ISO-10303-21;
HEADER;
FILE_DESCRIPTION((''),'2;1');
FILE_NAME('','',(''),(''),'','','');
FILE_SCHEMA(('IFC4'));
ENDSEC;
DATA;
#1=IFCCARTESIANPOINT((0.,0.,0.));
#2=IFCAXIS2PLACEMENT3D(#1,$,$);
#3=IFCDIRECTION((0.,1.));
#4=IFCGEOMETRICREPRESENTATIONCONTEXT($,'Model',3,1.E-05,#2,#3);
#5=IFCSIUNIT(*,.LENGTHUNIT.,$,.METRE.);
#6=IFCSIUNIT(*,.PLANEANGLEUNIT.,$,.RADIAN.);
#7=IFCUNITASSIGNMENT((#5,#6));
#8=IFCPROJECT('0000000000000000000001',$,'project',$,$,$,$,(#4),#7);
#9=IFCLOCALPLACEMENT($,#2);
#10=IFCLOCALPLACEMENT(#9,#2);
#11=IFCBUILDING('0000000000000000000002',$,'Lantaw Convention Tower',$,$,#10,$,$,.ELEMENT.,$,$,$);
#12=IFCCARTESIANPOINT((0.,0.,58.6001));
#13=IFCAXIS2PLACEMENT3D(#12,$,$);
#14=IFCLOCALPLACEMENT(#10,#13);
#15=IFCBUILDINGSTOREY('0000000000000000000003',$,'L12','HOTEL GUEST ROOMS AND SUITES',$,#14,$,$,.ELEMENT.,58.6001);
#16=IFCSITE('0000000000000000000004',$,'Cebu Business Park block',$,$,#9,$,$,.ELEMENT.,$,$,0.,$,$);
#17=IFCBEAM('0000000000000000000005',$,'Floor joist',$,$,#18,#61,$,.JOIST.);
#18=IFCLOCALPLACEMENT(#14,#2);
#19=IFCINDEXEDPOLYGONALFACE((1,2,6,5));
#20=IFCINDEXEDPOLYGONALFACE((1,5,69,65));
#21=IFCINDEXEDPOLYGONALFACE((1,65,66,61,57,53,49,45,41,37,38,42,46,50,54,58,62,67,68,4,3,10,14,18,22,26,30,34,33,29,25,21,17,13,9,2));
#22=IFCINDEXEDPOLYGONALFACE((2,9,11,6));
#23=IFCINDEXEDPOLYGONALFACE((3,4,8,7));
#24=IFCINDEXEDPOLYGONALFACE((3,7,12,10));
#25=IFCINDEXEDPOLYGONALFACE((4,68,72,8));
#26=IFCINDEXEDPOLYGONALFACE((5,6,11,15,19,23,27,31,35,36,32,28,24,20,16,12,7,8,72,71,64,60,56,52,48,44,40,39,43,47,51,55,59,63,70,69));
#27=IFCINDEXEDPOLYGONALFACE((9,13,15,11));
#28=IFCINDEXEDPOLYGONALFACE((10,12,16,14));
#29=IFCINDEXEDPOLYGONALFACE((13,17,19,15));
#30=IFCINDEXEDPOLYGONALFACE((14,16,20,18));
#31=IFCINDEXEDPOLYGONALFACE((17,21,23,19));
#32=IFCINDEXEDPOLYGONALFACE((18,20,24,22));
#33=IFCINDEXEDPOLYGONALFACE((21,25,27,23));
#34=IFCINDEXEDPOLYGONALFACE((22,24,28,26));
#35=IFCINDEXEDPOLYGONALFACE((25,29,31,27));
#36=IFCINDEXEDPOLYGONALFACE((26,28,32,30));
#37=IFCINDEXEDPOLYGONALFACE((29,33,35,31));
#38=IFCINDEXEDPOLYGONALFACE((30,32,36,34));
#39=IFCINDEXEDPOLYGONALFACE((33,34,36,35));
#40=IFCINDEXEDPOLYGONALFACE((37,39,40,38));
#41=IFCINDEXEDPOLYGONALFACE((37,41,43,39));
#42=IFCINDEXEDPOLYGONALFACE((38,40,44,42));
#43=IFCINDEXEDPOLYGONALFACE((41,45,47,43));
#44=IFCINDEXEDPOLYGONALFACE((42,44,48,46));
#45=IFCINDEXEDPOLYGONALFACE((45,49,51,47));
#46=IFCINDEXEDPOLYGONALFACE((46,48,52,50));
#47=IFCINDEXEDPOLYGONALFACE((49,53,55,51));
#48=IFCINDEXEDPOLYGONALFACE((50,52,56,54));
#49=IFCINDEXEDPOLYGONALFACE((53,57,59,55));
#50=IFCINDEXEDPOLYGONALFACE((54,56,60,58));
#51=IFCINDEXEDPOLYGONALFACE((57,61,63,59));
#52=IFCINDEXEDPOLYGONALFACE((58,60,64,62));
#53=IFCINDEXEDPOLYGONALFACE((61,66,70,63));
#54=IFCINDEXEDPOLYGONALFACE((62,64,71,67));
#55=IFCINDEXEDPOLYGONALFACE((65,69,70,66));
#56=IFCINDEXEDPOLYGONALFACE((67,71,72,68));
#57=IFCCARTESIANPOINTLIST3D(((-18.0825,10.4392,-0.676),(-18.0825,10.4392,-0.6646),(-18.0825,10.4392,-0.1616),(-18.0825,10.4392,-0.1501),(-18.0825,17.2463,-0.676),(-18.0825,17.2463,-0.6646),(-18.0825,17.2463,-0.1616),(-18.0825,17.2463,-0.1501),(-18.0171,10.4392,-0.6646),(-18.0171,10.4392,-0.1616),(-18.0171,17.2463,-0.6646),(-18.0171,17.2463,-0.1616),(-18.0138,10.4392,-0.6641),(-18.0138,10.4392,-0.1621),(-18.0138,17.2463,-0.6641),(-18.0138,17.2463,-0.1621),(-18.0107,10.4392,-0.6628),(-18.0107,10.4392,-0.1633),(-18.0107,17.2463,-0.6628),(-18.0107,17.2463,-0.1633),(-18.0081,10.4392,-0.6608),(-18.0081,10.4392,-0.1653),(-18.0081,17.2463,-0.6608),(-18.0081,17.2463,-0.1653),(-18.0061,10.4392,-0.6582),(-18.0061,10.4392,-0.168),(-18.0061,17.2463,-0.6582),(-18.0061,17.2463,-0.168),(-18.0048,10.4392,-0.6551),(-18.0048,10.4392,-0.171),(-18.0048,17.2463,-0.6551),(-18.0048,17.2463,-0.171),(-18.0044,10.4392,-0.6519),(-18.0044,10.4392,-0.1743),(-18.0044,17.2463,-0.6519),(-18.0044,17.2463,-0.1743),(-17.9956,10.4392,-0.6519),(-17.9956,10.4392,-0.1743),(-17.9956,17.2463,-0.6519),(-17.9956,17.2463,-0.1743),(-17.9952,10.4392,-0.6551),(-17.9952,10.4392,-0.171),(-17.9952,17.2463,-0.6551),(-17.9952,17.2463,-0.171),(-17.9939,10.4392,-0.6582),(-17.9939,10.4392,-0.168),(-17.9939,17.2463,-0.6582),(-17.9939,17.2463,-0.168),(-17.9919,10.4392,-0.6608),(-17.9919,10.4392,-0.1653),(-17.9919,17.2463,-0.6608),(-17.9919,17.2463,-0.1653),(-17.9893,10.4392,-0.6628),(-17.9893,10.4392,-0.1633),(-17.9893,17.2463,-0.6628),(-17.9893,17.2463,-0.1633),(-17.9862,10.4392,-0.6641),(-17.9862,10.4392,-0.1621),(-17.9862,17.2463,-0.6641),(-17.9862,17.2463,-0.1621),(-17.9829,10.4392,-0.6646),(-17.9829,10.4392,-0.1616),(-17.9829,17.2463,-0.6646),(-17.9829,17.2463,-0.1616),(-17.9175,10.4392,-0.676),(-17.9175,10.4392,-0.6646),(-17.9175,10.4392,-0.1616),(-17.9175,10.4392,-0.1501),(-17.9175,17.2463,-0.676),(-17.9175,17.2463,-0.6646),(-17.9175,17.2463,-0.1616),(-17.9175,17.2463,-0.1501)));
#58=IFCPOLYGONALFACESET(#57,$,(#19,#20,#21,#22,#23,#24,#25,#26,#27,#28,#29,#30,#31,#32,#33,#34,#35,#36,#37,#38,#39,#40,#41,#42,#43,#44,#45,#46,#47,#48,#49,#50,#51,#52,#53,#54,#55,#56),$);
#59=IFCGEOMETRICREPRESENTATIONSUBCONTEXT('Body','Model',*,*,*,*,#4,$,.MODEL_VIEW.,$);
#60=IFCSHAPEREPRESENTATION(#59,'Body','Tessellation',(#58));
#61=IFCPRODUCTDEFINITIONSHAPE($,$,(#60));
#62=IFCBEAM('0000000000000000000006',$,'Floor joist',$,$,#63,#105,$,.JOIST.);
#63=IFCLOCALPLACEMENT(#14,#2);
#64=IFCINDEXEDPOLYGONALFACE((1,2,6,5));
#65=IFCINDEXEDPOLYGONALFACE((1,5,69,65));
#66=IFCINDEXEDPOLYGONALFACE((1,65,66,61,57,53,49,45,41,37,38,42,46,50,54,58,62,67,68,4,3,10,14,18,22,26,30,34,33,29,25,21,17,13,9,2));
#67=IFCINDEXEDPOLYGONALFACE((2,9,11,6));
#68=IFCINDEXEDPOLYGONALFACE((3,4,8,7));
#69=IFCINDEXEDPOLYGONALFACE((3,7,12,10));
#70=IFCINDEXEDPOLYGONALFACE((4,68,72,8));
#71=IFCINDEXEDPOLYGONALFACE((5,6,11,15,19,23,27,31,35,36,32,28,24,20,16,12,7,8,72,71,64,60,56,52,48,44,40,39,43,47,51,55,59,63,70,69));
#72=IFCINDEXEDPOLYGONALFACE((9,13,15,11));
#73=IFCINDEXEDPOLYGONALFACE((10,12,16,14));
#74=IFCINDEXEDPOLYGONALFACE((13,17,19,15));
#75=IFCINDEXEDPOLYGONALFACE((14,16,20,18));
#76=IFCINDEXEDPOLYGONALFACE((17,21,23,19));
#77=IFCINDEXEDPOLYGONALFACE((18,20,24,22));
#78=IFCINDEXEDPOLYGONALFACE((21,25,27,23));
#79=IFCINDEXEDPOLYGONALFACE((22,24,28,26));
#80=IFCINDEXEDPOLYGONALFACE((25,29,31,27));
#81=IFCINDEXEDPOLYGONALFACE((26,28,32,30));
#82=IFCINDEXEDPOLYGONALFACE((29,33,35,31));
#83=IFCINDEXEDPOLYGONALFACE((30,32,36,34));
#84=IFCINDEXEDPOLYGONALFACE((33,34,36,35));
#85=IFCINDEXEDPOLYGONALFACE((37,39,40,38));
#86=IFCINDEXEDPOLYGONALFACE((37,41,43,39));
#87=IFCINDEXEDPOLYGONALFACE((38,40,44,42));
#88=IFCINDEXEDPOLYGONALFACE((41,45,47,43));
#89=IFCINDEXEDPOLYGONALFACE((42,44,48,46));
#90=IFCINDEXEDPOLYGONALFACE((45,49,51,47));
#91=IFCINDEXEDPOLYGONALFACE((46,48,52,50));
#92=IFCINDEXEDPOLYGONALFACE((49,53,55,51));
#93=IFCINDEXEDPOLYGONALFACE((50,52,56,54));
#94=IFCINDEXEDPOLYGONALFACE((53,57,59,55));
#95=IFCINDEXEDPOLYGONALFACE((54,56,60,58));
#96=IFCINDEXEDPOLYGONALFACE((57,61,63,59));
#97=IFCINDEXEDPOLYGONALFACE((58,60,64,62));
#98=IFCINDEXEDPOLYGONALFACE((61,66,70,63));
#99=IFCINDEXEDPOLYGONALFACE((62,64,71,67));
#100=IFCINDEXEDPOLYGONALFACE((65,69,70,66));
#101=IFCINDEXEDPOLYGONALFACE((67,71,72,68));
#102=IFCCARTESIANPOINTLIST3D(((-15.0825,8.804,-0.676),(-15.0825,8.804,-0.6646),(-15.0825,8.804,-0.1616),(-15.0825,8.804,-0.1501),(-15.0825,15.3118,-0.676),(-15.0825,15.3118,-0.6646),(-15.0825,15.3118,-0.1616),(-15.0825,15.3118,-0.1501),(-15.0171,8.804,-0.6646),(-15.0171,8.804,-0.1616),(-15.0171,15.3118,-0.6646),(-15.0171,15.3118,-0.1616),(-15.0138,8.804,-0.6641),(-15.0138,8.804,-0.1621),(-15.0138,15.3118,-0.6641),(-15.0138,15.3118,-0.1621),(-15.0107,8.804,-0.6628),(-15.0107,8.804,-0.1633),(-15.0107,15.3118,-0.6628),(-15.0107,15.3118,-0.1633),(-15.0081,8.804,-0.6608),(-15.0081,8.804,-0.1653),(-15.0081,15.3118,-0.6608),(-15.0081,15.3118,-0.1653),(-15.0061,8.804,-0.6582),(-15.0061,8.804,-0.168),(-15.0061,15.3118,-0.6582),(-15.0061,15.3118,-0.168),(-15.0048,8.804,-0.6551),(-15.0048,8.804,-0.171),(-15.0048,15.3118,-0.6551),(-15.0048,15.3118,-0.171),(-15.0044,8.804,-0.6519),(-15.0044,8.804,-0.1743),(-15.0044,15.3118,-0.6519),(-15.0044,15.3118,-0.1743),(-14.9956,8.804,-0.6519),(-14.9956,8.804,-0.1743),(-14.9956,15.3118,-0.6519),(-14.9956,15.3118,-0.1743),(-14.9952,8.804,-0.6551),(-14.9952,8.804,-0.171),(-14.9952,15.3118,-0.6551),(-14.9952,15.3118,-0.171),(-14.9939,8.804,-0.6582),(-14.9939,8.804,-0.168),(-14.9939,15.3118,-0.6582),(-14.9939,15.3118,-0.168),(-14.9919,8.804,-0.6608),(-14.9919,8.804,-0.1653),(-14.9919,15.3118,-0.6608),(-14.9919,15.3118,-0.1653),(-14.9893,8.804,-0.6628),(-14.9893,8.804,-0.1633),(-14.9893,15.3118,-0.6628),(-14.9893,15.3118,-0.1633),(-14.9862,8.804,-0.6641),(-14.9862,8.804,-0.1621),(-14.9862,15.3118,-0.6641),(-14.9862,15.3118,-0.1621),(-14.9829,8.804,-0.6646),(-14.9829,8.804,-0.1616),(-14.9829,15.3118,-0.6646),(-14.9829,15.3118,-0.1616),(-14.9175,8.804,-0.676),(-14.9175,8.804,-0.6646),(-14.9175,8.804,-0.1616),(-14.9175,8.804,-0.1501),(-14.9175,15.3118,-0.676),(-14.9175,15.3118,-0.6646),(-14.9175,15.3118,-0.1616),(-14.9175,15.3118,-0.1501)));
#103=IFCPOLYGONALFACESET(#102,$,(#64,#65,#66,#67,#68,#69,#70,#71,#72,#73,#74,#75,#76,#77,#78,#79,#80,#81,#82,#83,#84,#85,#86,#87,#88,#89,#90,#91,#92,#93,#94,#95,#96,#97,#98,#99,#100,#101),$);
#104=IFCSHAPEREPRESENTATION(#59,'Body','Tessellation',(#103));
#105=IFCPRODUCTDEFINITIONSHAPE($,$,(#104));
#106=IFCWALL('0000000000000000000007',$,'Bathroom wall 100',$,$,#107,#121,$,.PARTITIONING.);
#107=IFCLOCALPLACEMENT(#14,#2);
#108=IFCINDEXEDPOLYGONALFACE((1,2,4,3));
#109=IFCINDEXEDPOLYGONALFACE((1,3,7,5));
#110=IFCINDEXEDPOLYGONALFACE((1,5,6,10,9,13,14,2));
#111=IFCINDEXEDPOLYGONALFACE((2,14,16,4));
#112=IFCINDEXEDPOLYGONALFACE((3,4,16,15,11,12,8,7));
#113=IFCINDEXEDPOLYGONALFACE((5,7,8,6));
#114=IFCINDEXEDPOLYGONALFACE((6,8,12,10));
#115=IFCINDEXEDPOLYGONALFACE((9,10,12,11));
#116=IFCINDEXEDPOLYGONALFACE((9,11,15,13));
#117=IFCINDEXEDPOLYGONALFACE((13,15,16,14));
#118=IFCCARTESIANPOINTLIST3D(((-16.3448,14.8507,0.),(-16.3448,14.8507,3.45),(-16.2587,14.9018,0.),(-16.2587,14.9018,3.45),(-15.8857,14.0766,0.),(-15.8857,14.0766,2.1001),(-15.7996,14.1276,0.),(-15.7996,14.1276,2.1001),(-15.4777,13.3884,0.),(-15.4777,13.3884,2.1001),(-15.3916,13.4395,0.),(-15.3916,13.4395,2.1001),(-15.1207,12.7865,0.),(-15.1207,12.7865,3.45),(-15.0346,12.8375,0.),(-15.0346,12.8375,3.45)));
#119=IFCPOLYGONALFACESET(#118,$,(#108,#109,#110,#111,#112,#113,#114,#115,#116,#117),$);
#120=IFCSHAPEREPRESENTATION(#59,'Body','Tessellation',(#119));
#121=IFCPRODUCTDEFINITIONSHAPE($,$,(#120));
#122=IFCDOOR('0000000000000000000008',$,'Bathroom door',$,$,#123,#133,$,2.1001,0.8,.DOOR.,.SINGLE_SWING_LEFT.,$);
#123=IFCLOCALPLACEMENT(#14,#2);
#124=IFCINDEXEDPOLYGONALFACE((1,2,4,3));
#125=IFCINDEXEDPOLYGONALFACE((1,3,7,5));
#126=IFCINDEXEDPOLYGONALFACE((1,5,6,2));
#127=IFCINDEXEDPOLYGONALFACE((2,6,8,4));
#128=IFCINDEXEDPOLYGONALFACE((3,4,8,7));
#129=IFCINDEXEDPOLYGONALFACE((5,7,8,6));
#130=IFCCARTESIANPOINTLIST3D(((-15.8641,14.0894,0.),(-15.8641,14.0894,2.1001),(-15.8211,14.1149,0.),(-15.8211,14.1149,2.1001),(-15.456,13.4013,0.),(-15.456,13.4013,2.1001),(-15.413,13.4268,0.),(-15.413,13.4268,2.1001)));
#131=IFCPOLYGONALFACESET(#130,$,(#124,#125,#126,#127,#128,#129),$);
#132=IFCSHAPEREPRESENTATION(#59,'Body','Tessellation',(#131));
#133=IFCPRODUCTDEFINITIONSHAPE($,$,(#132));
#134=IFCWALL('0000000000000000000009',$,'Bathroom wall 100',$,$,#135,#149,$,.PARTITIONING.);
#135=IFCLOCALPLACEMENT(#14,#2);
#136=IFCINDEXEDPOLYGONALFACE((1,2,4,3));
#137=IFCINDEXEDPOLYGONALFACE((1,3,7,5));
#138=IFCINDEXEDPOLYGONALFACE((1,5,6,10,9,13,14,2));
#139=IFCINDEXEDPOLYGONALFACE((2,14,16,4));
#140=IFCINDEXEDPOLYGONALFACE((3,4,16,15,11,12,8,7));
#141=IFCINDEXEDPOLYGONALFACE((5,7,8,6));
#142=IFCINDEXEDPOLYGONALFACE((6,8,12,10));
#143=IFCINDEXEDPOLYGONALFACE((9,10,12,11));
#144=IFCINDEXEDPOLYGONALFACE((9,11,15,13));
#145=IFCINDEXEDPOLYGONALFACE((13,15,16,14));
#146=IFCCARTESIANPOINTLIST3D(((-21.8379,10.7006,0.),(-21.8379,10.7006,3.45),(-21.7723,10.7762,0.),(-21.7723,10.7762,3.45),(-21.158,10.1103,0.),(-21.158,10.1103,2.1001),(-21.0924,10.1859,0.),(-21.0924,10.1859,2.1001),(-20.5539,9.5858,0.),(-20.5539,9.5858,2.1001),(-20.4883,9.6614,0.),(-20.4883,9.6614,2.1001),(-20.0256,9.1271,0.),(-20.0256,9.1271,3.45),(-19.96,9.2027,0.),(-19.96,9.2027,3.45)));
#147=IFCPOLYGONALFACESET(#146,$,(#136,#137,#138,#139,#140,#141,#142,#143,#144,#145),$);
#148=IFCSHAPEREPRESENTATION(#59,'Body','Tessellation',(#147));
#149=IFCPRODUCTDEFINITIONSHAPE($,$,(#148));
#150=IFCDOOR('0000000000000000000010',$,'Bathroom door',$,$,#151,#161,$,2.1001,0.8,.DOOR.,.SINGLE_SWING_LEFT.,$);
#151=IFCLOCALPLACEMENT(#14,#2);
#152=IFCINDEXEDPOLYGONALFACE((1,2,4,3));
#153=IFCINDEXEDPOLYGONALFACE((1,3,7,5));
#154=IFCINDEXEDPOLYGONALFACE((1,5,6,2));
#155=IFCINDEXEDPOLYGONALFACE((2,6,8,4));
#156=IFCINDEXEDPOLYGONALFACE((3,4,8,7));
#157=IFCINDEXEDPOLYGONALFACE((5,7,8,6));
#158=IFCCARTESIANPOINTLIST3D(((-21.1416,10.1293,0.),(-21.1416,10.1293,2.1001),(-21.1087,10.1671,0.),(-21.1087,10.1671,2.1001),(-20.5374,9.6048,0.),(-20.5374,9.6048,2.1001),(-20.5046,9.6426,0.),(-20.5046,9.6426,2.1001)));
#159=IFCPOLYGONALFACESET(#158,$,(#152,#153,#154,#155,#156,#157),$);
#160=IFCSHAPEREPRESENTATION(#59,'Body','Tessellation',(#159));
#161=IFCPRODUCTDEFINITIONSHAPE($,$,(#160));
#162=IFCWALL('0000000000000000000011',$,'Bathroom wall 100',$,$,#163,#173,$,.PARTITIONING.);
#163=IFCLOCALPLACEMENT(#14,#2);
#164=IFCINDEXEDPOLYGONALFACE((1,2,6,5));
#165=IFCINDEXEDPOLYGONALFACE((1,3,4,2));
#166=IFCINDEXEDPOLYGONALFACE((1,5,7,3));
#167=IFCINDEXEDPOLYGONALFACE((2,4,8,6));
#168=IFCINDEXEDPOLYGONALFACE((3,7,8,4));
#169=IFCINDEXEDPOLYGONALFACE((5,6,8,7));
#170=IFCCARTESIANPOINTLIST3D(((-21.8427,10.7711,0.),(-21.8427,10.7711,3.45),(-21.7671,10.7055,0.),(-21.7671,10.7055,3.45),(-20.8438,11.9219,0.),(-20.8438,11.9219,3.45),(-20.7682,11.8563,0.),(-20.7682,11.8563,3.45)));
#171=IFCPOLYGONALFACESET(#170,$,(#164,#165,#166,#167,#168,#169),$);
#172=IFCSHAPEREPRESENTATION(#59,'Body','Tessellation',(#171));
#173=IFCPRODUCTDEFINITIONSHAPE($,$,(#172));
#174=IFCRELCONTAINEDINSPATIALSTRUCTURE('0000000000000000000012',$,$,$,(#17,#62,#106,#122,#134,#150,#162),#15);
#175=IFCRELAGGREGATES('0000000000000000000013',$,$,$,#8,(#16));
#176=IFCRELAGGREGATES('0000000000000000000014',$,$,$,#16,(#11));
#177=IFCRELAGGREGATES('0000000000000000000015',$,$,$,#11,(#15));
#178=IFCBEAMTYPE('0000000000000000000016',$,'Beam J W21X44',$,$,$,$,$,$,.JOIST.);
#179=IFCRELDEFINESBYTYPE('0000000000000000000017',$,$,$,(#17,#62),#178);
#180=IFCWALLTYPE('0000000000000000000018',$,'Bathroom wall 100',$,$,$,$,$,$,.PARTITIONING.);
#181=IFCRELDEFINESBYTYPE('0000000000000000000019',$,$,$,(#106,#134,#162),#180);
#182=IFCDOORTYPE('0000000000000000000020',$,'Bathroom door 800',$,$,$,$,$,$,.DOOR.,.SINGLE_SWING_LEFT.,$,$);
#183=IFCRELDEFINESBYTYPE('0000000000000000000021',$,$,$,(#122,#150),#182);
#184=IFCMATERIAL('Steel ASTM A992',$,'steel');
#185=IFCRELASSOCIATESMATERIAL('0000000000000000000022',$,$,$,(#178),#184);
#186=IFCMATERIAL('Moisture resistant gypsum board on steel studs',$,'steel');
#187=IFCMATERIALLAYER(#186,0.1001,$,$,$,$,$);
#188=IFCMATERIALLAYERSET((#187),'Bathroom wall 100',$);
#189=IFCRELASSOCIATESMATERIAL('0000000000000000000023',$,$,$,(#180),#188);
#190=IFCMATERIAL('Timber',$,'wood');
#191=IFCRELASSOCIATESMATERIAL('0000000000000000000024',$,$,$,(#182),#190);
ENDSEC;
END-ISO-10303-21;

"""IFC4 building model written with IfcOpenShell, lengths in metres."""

from ifc_helpers import new_model, si_unit, direction, frame, frame_2d, origin, origin_2d, place, context, subcontext, project, spatial, rectangle, i_section, extrude, material, layer, layer_set, material_profile, profile_set, type_object, element, fill, save


model = new_model("IFC4")

# Units and contexts
model_context = context("Model", 3, precision=1e-05, world=origin(), true_north=direction((0.0, 1.0)))
body_context = subcontext(model_context, "Body", "Model", "MODEL_VIEW")
ifc_project = project(units=[si_unit("LENGTHUNIT", "METRE"), si_unit("PLANEANGLEUNIT", "RADIAN")], contexts=[model_context])

# Site, building, storey
site_placement = place(None, origin())
site = spatial("IfcSite", under=ifc_project, at=site_placement, Name="Cebu Business Park block", CompositionType="ELEMENT", RefElevation=0.0)
building_placement = place(site_placement, origin())
building = spatial("IfcBuilding", under=site, at=building_placement, Name="Lantaw Convention Tower", CompositionType="ELEMENT")
storey_placement = place(building_placement, frame((0.0, 0.0, 58.6001)))
storey = spatial("IfcBuildingStorey", under=building, at=storey_placement, Name="L12", Description="HOTEL GUEST ROOMS AND SUITES", CompositionType="ELEMENT", Elevation=58.6001)

# Beams
ifc_material_1 = material(Name="Steel ASTM A992", Category="steel")
ifc_material_profile_1 = material_profile(ifc_material_1, i_section(OverallWidth=0.165, OverallDepth=0.5259, WebThickness=0.0088, FlangeThickness=0.0115, FilletRadius=0.0127, at=origin_2d()), Name="W21X44")
ifc_profile_set_1 = profile_set([ifc_material_profile_1], Name="Steel ASTM A992")
beam_type_1 = type_object("IfcBeamType", Name="Beam J W21X44", PredefinedType="JOIST", material=ifc_profile_set_1)
beam_1_placement = place(storey_placement, frame((-18.0, 10.4392, -0.4131), z_axis=(0.0, 1.0, 0.0), x_axis=(-1.0, 0.0, 0.0)))
element("IfcBeam", 1, at=beam_1_placement, inside=storey, type_object=beam_type_1, Name="Floor joist", PredefinedType="JOIST", context=body_context, shape_type="SweptSolid", body=[
    extrude(i_section(OverallWidth=0.165, OverallDepth=0.5259, WebThickness=0.0088, FlangeThickness=0.0115, FilletRadius=0.0127, at=origin_2d()), origin(), (0.0, 0.0, 1.0), 6.8071),
])
beam_2_placement = place(storey_placement, frame((-15.0, 8.804, -0.4131), z_axis=(0.0, 1.0, 0.0), x_axis=(-1.0, 0.0, 0.0)))
element("IfcBeam", 2, at=beam_2_placement, inside=storey, type_object=beam_type_1, Name="Floor joist", PredefinedType="JOIST", context=body_context, shape_type="SweptSolid", body=[
    extrude(i_section(OverallWidth=0.165, OverallDepth=0.5259, WebThickness=0.0088, FlangeThickness=0.0115, FilletRadius=0.0127, at=origin_2d()), origin(), (0.0, 0.0, 1.0), 6.5078),
])

# Walls, openings, doors
ifc_material_2 = material(Name="Moisture resistant gypsum board on steel studs", Category="steel")
ifc_layer_1 = layer(ifc_material_2, 0.1001)
ifc_layer_set_1 = layer_set([ifc_layer_1], Name="Bathroom wall 100")
wall_type_1 = type_object("IfcWallType", Name="Bathroom wall 100", PredefinedType="PARTITIONING", material=ifc_layer_set_1)
wall_1_placement = place(storey_placement, frame((-15.0776, 12.812, 0.0), z_axis=(0.0, 0.0, 1.0), x_axis=(-0.510076, 0.86013, 0.0)))
wall_1 = element("IfcWall", 3, at=wall_1_placement, inside=storey, type_object=wall_type_1, Name="Bathroom wall 100", PredefinedType="PARTITIONING", context=body_context, shape_type="SweptSolid", body=[
    extrude(rectangle(XDim=2.3999, YDim=0.1001, at=frame_2d((1.2, 0.0))), origin(), (0.0, 0.0, 1.0), 3.45),
])
opening_1_placement = place(wall_1_placement, frame((0.7, 0.0, 0.0)))
opening_1 = element("IfcOpeningElement", 4, at=opening_1_placement, cuts=wall_1, PredefinedType="OPENING", context=body_context, shape_type="SweptSolid", body=[
    extrude(rectangle(XDim=0.8, YDim=2.1001, at=frame_2d((0.3999, 1.05))), frame((0.0, 0.0601, 0.0), z_axis=(0.0, -1.0, 0.0), x_axis=(1.0, 0.0, 0.0)), (0.0, 0.0, 1.0), 0.1201),
])
ifc_material_3 = material(Name="Timber", Category="wood")
door_type_1 = type_object("IfcDoorType", Name="Bathroom door 800", OperationType="SINGLE_SWING_LEFT", PredefinedType="DOOR", material=ifc_material_3)
door_1_placement = place(opening_1_placement, origin())
door_1 = element("IfcDoor", 5, at=door_1_placement, inside=storey, type_object=door_type_1, Name="Bathroom door", OperationType="SINGLE_SWING_LEFT", OverallHeight=2.1001, OverallWidth=0.8, PredefinedType="DOOR", context=body_context, shape_type="SweptSolid", body=[
    extrude(rectangle(XDim=0.8, YDim=2.1001, at=frame_2d((0.3999, 1.05))), frame((0.0, 0.0249, 0.0), z_axis=(0.0, -1.0, 0.0), x_axis=(1.0, 0.0, 0.0)), (0.0, 0.0, 1.0), 0.05),
])
fill(opening_1, door_1)
wall_2_placement = place(storey_placement, frame((-19.9927, 9.1648, 0.0), z_axis=(0.0, 0.0, 1.0), x_axis=(-0.755098, 0.655612, 0.0)))
wall_2 = element("IfcWall", 6, at=wall_2_placement, inside=storey, type_object=wall_type_1, Name="Bathroom wall 100", PredefinedType="PARTITIONING", context=body_context, shape_type="SweptSolid", body=[
    extrude(rectangle(XDim=2.4001, YDim=0.1001, at=frame_2d((1.2002, 0.0))), origin(), (0.0, 0.0, 1.0), 3.45),
])
opening_2_placement = place(wall_2_placement, frame((0.7, 0.0, 0.0)))
opening_2 = element("IfcOpeningElement", 7, at=opening_2_placement, cuts=wall_2, PredefinedType="OPENING", context=body_context, shape_type="SweptSolid", body=[
    extrude(rectangle(XDim=0.8, YDim=2.1001, at=frame_2d((0.3999, 1.05))), frame((0.0, 0.0601, 0.0), z_axis=(0.0, -1.0, 0.0), x_axis=(1.0, 0.0, 0.0)), (0.0, 0.0, 1.0), 0.1201),
])
door_2_placement = place(opening_2_placement, origin())
door_2 = element("IfcDoor", 8, at=door_2_placement, inside=storey, type_object=door_type_1, Name="Bathroom door", OperationType="SINGLE_SWING_LEFT", OverallHeight=2.1001, OverallWidth=0.8, PredefinedType="DOOR", context=body_context, shape_type="SweptSolid", body=[
    extrude(rectangle(XDim=0.8, YDim=2.1001, at=frame_2d((0.3999, 1.05))), frame((0.0, 0.0249, 0.0), z_axis=(0.0, -1.0, 0.0), x_axis=(1.0, 0.0, 0.0)), (0.0, 0.0, 1.0), 0.05),
])
fill(opening_2, door_2)

# Wall
wall_3_placement = place(storey_placement, frame((-21.8049, 10.7383, 0.0), z_axis=(0.0, 0.0, 1.0), x_axis=(0.655528, 0.755171, 0.0)))
element("IfcWall", 9, at=wall_3_placement, inside=storey, type_object=wall_type_1, Name="Bathroom wall 100", PredefinedType="PARTITIONING", context=body_context, shape_type="SweptSolid", body=[
    extrude(rectangle(XDim=1.5239, YDim=0.1001, at=frame_2d((0.762, 0.0))), origin(), (0.0, 0.0, 1.0), 3.45),
])

save(model, "model.ifc")
